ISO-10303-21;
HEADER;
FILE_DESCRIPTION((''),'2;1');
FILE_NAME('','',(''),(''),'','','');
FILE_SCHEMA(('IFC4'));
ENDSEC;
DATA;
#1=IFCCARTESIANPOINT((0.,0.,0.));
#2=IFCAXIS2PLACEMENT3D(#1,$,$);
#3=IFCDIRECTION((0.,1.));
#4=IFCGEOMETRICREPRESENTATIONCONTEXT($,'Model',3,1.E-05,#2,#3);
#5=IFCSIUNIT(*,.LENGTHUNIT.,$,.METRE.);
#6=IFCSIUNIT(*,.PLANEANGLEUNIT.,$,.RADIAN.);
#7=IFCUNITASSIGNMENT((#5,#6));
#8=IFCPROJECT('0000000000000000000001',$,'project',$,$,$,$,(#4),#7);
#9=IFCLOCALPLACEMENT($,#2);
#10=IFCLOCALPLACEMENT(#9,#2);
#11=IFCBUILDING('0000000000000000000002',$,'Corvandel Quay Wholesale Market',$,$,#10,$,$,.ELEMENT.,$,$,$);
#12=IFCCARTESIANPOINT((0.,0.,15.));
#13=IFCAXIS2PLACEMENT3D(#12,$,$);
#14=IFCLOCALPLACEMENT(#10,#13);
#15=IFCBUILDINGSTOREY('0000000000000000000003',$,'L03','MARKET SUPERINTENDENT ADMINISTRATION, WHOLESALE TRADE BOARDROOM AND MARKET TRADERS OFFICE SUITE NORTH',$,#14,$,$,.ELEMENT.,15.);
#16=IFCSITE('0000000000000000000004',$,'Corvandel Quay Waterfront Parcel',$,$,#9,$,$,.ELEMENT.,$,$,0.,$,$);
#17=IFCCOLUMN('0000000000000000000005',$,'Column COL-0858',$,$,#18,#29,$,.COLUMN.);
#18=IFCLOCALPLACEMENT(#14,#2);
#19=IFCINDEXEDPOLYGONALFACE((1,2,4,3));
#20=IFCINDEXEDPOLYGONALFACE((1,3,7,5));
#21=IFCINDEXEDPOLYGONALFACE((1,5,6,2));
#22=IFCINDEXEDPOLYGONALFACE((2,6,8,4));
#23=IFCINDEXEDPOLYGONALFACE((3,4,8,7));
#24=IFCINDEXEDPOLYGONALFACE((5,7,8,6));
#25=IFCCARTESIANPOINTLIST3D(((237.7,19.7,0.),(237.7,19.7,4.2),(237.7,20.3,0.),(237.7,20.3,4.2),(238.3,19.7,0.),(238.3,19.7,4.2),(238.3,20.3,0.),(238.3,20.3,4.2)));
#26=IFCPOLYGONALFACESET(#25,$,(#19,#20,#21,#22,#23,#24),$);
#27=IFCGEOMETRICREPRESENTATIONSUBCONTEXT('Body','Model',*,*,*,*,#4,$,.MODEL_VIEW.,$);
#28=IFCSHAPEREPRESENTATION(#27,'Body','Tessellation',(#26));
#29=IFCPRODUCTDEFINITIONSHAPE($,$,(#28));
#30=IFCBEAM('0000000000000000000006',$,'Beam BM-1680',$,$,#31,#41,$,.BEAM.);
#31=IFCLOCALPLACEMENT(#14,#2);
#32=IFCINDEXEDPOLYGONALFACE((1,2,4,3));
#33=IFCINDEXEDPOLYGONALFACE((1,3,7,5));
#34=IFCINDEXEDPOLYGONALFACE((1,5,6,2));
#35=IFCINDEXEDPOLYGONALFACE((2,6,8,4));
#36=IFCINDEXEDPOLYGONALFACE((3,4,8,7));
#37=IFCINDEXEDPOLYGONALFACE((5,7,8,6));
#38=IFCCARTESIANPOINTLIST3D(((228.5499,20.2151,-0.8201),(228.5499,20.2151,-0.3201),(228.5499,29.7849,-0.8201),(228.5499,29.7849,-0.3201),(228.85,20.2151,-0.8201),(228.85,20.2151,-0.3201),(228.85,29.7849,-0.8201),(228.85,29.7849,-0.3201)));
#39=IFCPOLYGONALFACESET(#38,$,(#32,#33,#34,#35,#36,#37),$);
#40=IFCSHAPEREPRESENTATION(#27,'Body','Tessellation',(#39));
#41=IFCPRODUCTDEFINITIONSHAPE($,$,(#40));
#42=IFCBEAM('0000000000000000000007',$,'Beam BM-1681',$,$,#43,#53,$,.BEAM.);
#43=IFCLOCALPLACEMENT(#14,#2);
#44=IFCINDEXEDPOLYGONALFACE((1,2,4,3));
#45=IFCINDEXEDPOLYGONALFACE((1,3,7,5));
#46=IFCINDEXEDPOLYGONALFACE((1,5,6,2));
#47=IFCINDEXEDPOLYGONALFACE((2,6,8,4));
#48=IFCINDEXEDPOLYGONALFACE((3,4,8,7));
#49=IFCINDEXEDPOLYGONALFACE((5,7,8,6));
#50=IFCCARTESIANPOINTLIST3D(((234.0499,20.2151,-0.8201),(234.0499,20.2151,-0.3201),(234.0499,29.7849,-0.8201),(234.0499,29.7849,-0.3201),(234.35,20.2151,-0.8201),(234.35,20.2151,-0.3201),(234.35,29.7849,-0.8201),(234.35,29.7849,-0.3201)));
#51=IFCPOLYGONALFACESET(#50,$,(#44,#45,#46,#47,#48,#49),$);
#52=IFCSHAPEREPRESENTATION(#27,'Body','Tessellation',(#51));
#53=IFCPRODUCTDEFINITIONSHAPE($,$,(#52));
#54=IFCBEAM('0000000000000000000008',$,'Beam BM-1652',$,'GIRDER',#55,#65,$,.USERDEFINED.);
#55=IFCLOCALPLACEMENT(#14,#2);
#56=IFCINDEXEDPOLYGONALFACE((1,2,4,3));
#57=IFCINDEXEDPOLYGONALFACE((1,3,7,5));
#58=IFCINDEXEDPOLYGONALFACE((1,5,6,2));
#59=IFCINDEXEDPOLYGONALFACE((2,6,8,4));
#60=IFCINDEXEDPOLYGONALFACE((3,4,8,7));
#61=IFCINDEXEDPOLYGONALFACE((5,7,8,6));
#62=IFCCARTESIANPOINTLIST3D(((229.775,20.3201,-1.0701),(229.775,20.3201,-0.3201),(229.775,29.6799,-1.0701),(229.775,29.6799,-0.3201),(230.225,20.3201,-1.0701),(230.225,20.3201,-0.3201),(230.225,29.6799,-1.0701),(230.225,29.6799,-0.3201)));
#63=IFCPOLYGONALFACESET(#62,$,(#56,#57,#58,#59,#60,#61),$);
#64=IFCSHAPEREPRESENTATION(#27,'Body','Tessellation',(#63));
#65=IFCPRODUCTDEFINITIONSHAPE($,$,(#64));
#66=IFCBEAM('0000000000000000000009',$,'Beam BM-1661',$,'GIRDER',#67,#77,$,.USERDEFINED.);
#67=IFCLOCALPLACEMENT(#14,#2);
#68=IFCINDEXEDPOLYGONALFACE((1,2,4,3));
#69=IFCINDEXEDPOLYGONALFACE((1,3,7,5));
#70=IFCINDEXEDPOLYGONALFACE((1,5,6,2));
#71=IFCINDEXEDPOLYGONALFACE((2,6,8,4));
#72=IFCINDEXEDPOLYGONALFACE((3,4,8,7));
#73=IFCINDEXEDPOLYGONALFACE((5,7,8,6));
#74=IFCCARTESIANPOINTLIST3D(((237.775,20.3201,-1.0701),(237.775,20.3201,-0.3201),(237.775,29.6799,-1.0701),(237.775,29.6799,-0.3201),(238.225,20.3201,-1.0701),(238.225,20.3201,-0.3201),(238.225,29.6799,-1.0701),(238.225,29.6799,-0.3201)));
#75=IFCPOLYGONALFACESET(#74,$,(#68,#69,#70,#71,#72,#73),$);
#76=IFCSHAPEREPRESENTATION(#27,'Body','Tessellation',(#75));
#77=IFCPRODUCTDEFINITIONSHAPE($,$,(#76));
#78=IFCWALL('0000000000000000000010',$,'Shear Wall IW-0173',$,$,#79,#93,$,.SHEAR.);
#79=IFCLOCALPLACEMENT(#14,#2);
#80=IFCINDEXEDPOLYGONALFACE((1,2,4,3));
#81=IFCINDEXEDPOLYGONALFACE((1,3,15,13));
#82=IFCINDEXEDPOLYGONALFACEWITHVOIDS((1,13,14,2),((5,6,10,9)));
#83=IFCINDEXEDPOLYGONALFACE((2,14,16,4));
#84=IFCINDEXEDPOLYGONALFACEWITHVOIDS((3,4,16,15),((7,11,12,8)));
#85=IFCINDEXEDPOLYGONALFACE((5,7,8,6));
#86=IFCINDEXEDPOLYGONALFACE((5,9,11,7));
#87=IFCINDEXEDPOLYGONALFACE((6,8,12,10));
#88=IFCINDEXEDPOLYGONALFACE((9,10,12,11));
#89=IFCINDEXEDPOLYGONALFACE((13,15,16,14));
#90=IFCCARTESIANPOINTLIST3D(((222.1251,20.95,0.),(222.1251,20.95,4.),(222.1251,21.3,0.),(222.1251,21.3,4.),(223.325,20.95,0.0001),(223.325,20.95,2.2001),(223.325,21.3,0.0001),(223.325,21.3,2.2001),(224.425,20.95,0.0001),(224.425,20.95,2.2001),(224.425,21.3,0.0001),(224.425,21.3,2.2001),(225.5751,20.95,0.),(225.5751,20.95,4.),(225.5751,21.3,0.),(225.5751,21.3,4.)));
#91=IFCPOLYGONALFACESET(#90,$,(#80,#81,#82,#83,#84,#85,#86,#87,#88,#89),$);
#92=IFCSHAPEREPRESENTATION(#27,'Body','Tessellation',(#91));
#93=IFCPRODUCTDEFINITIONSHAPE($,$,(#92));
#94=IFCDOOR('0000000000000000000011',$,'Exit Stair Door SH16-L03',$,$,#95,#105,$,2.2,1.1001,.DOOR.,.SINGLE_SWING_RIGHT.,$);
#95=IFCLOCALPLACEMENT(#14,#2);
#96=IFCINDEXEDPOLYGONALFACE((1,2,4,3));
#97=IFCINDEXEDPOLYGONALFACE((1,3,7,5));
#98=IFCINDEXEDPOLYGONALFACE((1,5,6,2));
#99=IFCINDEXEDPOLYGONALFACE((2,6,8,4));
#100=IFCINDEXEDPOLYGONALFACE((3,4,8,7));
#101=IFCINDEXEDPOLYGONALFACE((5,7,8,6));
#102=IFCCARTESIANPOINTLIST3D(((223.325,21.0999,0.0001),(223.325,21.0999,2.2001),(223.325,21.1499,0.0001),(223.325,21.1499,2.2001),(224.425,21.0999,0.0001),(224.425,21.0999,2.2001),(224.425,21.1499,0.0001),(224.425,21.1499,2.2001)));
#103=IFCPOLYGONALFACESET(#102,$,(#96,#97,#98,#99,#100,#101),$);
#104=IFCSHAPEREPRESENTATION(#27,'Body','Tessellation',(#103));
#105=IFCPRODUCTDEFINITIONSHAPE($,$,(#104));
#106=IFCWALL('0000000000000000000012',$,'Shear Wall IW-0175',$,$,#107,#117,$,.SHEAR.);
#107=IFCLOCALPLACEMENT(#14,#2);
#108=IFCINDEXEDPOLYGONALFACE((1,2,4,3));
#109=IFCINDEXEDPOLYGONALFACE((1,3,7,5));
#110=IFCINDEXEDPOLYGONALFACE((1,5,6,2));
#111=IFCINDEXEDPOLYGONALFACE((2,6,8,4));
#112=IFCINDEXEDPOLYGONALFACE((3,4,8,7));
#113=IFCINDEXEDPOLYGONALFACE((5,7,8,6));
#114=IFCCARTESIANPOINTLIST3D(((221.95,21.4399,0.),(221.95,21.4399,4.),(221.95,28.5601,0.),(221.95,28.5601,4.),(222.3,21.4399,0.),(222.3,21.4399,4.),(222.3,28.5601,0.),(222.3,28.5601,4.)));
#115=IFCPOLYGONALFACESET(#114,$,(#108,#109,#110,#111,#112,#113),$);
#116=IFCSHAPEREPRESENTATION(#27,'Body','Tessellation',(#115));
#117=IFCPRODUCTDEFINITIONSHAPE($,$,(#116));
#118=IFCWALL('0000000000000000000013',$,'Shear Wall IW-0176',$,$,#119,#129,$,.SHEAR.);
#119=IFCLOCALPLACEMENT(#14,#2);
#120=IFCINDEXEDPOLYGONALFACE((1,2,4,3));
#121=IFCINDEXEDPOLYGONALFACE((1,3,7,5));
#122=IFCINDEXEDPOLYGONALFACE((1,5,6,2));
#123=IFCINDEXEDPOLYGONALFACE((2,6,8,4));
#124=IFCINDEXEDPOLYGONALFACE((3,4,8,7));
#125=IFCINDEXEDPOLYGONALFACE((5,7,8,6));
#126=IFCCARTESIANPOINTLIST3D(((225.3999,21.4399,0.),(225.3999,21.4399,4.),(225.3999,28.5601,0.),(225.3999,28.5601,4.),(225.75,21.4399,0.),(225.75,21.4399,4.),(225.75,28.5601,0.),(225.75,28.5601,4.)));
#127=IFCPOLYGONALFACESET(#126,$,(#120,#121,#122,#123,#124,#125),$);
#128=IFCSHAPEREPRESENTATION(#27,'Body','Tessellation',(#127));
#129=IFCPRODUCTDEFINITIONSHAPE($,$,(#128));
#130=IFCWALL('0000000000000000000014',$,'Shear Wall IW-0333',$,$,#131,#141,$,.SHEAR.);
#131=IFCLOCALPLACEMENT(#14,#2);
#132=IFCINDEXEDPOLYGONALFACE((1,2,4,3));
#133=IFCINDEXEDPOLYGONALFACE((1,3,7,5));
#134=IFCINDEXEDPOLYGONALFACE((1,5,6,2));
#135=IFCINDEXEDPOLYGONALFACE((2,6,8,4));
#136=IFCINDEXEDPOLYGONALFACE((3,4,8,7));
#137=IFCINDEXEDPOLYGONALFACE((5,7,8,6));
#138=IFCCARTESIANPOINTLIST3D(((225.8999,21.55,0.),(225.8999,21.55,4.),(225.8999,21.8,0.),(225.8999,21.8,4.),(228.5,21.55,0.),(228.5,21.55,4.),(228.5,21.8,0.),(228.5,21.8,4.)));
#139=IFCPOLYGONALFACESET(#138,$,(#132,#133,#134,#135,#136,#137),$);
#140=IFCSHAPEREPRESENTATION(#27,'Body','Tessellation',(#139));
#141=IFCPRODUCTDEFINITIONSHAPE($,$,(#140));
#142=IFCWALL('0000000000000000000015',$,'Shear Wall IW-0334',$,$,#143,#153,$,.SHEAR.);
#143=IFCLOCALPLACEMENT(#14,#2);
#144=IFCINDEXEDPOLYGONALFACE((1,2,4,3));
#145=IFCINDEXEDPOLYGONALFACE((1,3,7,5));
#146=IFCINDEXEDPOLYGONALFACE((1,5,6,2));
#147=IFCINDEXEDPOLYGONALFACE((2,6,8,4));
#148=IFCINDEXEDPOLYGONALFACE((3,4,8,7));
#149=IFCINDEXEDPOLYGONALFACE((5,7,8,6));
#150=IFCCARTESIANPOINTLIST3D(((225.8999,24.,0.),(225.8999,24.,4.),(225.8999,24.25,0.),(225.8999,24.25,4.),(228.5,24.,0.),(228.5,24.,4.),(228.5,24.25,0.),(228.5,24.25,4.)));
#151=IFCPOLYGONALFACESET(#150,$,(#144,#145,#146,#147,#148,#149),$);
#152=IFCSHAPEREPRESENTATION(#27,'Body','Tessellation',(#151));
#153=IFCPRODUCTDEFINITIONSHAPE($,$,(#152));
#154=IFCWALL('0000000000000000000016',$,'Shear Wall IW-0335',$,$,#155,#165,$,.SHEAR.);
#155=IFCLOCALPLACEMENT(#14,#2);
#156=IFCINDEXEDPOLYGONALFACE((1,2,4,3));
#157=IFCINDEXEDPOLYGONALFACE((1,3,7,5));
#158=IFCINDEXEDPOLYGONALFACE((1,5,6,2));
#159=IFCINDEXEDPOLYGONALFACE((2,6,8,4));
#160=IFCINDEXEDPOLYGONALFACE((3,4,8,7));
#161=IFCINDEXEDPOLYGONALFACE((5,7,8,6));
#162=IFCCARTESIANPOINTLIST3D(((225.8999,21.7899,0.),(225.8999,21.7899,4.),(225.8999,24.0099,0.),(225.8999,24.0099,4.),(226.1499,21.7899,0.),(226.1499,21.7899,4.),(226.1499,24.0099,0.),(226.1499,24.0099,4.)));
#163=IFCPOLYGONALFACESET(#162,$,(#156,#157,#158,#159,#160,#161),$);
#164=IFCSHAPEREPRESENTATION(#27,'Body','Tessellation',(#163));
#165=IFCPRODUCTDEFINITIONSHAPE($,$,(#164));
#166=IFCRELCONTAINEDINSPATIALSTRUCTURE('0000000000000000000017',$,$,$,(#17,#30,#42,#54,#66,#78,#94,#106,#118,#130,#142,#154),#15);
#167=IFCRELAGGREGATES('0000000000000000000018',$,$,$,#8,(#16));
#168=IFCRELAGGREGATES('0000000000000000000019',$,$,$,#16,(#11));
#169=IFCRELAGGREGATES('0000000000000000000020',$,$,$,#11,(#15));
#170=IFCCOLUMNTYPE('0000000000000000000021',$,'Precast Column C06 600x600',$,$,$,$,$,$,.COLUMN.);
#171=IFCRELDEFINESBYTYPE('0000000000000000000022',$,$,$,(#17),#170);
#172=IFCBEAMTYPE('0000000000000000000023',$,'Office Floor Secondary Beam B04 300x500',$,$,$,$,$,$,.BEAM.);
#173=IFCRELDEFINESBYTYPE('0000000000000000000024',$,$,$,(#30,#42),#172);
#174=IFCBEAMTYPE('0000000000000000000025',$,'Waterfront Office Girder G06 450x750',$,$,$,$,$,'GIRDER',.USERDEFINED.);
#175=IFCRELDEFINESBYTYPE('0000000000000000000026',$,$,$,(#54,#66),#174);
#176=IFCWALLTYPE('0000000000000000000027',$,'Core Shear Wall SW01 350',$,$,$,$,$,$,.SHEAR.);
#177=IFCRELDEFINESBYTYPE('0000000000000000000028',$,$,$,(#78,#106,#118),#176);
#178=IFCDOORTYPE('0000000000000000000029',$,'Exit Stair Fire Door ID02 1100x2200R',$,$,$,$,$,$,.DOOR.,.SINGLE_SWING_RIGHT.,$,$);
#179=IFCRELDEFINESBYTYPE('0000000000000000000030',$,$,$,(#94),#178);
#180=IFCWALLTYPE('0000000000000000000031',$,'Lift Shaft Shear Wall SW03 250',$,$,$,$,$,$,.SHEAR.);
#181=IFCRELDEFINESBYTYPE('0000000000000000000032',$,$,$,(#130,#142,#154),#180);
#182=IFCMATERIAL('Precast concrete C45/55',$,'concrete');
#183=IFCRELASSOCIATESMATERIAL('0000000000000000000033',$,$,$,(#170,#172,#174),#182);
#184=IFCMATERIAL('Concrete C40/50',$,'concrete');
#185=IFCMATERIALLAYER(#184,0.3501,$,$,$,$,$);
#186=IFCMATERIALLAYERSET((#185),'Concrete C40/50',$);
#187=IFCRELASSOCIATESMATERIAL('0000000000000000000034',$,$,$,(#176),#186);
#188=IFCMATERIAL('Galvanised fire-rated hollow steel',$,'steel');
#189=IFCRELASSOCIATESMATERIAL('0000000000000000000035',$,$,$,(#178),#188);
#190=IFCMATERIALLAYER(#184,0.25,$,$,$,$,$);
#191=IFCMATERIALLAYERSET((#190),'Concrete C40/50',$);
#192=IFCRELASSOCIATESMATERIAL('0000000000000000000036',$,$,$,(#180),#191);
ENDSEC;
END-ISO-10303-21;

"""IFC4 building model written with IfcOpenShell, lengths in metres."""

from ifc_helpers import new_model, si_unit, direction, frame, frame_2d, origin, origin_2d, place, context, subcontext, project, spatial, rectangle, extrude, material, layer, layer_set, material_profile, profile_set, type_object, element, fill, save


model = new_model("IFC4")

# Units and contexts
model_context = context("Model", 3, precision=1e-05, world=origin(), true_north=direction((0.0, 1.0)))
body_context = subcontext(model_context, "Body", "Model", "MODEL_VIEW")
ifc_project = project(units=[si_unit("LENGTHUNIT", "METRE"), si_unit("PLANEANGLEUNIT", "RADIAN")], contexts=[model_context])

# Site, building, storey
site_placement = place(None, origin())
site = spatial("IfcSite", under=ifc_project, at=site_placement, Name="Corvandel Quay Waterfront Parcel", CompositionType="ELEMENT", RefElevation=0.0)
building_placement = place(site_placement, origin())
building = spatial("IfcBuilding", under=site, at=building_placement, Name="Corvandel Quay Wholesale Market", CompositionType="ELEMENT")
storey_placement = place(building_placement, frame((0.0, 0.0, 15.0)))
storey = spatial("IfcBuildingStorey", under=building, at=storey_placement, Name="L03", Description="MARKET SUPERINTENDENT ADMINISTRATION, WHOLESALE TRADE BOARDROOM AND MARKET TRADERS OFFICE SUITE NORTH", CompositionType="ELEMENT", Elevation=15.0)

# Column
ifc_material_1 = material(Name="Precast concrete C45/55", Category="concrete")
ifc_material_profile_1 = material_profile(ifc_material_1, rectangle(XDim=0.6001, YDim=0.6001, at=origin_2d()), Name="PC-COL-600x600")
ifc_profile_set_1 = profile_set([ifc_material_profile_1], Name="Precast concrete C45/55")
column_type = type_object("IfcColumnType", Name="Precast Column C06 600x600", PredefinedType="COLUMN", material=ifc_profile_set_1)
column_placement = place(storey_placement, frame((238.0, 20.0, 0.0), z_axis=(0.0, 0.0, 1.0), x_axis=(1.0, 0.0, 0.0)))
element("IfcColumn", 1, at=column_placement, inside=storey, type_object=column_type, Name="Column COL-0858", PredefinedType="COLUMN", context=body_context, shape_type="SweptSolid", body=[
    extrude(rectangle(XDim=0.6001, YDim=0.6001, at=origin_2d()), origin(), (0.0, 0.0, 1.0), 4.2),
])

# Beams
ifc_material_profile_2 = material_profile(ifc_material_1, rectangle(XDim=0.3, YDim=0.5, at=origin_2d()), Name="PC-BM-300x500")
ifc_profile_set_2 = profile_set([ifc_material_profile_2], Name="Precast concrete C45/55")
beam_type_1 = type_object("IfcBeamType", Name="Office Floor Secondary Beam B04 300x500", PredefinedType="BEAM", material=ifc_profile_set_2)
for number, where, z_axis, x_axis, name in (
    (2, (228.7, 20.2151, -0.5701), (0.0, 1.0, 0.0), (-1.0, 0.0, 0.0), "Beam BM-1680"),
    (3, (234.2, 20.2151, -0.5701), (0.0, 1.0, 0.0), (-1.0, 0.0, 0.0), "Beam BM-1681"),
):
    element("IfcBeam", number, at=place(storey_placement, frame(where, z_axis=z_axis, x_axis=x_axis)), inside=storey, type_object=beam_type_1, Name=name, PredefinedType="BEAM", context=body_context, shape_type="SweptSolid", body=[
        extrude(rectangle(XDim=0.3, YDim=0.5, at=origin_2d()), origin(), (0.0, 0.0, 1.0), 9.5698),
    ])
ifc_material_profile_3 = material_profile(ifc_material_1, rectangle(XDim=0.45, YDim=0.75, at=origin_2d()), Name="PC-GIR-450x750")
ifc_profile_set_3 = profile_set([ifc_material_profile_3], Name="Precast concrete C45/55")
beam_type_2 = type_object("IfcBeamType", Name="Waterfront Office Girder G06 450x750", ElementType="GIRDER", PredefinedType="USERDEFINED", material=ifc_profile_set_3)
for number, where, z_axis, x_axis, name in (
    (4, (230.0, 20.3201, -0.6951), (0.0, 1.0, 0.0), (-1.0, 0.0, 0.0), "Beam BM-1652"),
    (5, (238.0, 20.3201, -0.6951), (0.0, 1.0, 0.0), (-1.0, 0.0, 0.0), "Beam BM-1661"),
):
    element("IfcBeam", number, at=place(storey_placement, frame(where, z_axis=z_axis, x_axis=x_axis)), inside=storey, type_object=beam_type_2, Name=name, ObjectType="GIRDER", PredefinedType="USERDEFINED", context=body_context, shape_type="SweptSolid", body=[
        extrude(rectangle(XDim=0.45, YDim=0.75, at=origin_2d()), origin(), (0.0, 0.0, 1.0), 9.3599),
    ])

# Wall, opening, door
ifc_material_2 = material(Name="Concrete C40/50", Category="concrete")
ifc_layer_1 = layer(ifc_material_2, 0.3501)
ifc_layer_set_1 = layer_set([ifc_layer_1], Name="Concrete C40/50")
wall_type_1 = type_object("IfcWallType", Name="Core Shear Wall SW01 350", PredefinedType="SHEAR", material=ifc_layer_set_1)
wall_1_placement = place(storey_placement, frame((222.125, 21.125, 0.0), z_axis=(0.0, 0.0, 1.0), x_axis=(1.0, 0.0, 0.0)))
wall_1 = element("IfcWall", 6, at=wall_1_placement, inside=storey, type_object=wall_type_1, Name="Shear Wall IW-0173", PredefinedType="SHEAR", context=body_context, shape_type="SweptSolid", body=[
    extrude(rectangle(XDim=3.45, YDim=0.3501, at=frame_2d((1.7251, 0.0))), origin(), (0.0, 0.0, 1.0), 4.0),
])
opening_1_placement = place(wall_1_placement, frame((1.2, 0.0, 0.0)))
opening_1 = element("IfcOpeningElement", 7, at=opening_1_placement, cuts=wall_1, PredefinedType="OPENING", context=body_context, shape_type="SweptSolid", body=[
    extrude(rectangle(XDim=1.1001, YDim=2.2, at=frame_2d((0.55, 1.1001))), frame((0.0, 0.1851, 0.0), z_axis=(0.0, -1.0, 0.0), x_axis=(1.0, 0.0, 0.0)), (0.0, 0.0, 1.0), 0.3701),
])
ifc_material_3 = material(Name="Galvanised fire-rated hollow steel", Category="steel")
door_type_1 = type_object("IfcDoorType", Name="Exit Stair Fire Door ID02 1100x2200R", OperationType="SINGLE_SWING_RIGHT", PredefinedType="DOOR", material=ifc_material_3)
door_1_placement = place(opening_1_placement, origin())
door_1 = element("IfcDoor", 8, at=door_1_placement, inside=storey, type_object=door_type_1, Name="Exit Stair Door SH16-L03", OperationType="SINGLE_SWING_RIGHT", OverallHeight=2.2, OverallWidth=1.1001, PredefinedType="DOOR", context=body_context, shape_type="SweptSolid", body=[
    extrude(rectangle(XDim=1.1001, YDim=2.2, at=frame_2d((0.55, 1.1001))), frame((0.0, 0.0249, 0.0), z_axis=(0.0, -1.0, 0.0), x_axis=(1.0, 0.0, 0.0)), (0.0, 0.0, 1.0), 0.05),
])
fill(opening_1, door_1)

# Walls
for number, where, z_axis, x_axis, name in (
    (9, (222.125, 21.4399, 0.0), (0.0, 0.0, 1.0), (0.0, 1.0, 0.0), "Shear Wall IW-0175"),
    (10, (225.575, 21.4399, 0.0), (0.0, 0.0, 1.0), (0.0, 1.0, 0.0), "Shear Wall IW-0176"),
):
    element("IfcWall", number, at=place(storey_placement, frame(where, z_axis=z_axis, x_axis=x_axis)), inside=storey, type_object=wall_type_1, Name=name, PredefinedType="SHEAR", context=body_context, shape_type="SweptSolid", body=[
        extrude(rectangle(XDim=7.1201, YDim=0.3501, at=frame_2d((3.5601, 0.0))), origin(), (0.0, 0.0, 1.0), 4.0),
    ])
ifc_layer_2 = layer(ifc_material_2, 0.25)
ifc_layer_set_2 = layer_set([ifc_layer_2], Name="Concrete C40/50")
wall_type_2 = type_object("IfcWallType", Name="Lift Shaft Shear Wall SW03 250", PredefinedType="SHEAR", material=ifc_layer_set_2)
for number, where, z_axis, x_axis, name in (
    (11, (225.8999, 21.675, 0.0), (0.0, 0.0, 1.0), (1.0, 0.0, 0.0), "Shear Wall IW-0333"),
    (12, (225.8999, 24.125, 0.0), (0.0, 0.0, 1.0), (1.0, 0.0, 0.0), "Shear Wall IW-0334"),
):
    element("IfcWall", number, at=place(storey_placement, frame(where, z_axis=z_axis, x_axis=x_axis)), inside=storey, type_object=wall_type_2, Name=name, PredefinedType="SHEAR", context=body_context, shape_type="SweptSolid", body=[
        extrude(rectangle(XDim=2.6001, YDim=0.25, at=frame_2d((1.3, 0.0))), origin(), (0.0, 0.0, 1.0), 4.0),
    ])
wall_2_placement = place(storey_placement, frame((226.0249, 21.79, 0.0), z_axis=(0.0, 0.0, 1.0), x_axis=(0.0, 1.0, 0.0)))
element("IfcWall", 13, at=wall_2_placement, inside=storey, type_object=wall_type_2, Name="Shear Wall IW-0335", PredefinedType="SHEAR", context=body_context, shape_type="SweptSolid", body=[
    extrude(rectangle(XDim=2.22, YDim=0.25, at=frame_2d((1.1099, 0.0))), origin(), (0.0, 0.0, 1.0), 4.0),
])

save(model, "model.ifc")
